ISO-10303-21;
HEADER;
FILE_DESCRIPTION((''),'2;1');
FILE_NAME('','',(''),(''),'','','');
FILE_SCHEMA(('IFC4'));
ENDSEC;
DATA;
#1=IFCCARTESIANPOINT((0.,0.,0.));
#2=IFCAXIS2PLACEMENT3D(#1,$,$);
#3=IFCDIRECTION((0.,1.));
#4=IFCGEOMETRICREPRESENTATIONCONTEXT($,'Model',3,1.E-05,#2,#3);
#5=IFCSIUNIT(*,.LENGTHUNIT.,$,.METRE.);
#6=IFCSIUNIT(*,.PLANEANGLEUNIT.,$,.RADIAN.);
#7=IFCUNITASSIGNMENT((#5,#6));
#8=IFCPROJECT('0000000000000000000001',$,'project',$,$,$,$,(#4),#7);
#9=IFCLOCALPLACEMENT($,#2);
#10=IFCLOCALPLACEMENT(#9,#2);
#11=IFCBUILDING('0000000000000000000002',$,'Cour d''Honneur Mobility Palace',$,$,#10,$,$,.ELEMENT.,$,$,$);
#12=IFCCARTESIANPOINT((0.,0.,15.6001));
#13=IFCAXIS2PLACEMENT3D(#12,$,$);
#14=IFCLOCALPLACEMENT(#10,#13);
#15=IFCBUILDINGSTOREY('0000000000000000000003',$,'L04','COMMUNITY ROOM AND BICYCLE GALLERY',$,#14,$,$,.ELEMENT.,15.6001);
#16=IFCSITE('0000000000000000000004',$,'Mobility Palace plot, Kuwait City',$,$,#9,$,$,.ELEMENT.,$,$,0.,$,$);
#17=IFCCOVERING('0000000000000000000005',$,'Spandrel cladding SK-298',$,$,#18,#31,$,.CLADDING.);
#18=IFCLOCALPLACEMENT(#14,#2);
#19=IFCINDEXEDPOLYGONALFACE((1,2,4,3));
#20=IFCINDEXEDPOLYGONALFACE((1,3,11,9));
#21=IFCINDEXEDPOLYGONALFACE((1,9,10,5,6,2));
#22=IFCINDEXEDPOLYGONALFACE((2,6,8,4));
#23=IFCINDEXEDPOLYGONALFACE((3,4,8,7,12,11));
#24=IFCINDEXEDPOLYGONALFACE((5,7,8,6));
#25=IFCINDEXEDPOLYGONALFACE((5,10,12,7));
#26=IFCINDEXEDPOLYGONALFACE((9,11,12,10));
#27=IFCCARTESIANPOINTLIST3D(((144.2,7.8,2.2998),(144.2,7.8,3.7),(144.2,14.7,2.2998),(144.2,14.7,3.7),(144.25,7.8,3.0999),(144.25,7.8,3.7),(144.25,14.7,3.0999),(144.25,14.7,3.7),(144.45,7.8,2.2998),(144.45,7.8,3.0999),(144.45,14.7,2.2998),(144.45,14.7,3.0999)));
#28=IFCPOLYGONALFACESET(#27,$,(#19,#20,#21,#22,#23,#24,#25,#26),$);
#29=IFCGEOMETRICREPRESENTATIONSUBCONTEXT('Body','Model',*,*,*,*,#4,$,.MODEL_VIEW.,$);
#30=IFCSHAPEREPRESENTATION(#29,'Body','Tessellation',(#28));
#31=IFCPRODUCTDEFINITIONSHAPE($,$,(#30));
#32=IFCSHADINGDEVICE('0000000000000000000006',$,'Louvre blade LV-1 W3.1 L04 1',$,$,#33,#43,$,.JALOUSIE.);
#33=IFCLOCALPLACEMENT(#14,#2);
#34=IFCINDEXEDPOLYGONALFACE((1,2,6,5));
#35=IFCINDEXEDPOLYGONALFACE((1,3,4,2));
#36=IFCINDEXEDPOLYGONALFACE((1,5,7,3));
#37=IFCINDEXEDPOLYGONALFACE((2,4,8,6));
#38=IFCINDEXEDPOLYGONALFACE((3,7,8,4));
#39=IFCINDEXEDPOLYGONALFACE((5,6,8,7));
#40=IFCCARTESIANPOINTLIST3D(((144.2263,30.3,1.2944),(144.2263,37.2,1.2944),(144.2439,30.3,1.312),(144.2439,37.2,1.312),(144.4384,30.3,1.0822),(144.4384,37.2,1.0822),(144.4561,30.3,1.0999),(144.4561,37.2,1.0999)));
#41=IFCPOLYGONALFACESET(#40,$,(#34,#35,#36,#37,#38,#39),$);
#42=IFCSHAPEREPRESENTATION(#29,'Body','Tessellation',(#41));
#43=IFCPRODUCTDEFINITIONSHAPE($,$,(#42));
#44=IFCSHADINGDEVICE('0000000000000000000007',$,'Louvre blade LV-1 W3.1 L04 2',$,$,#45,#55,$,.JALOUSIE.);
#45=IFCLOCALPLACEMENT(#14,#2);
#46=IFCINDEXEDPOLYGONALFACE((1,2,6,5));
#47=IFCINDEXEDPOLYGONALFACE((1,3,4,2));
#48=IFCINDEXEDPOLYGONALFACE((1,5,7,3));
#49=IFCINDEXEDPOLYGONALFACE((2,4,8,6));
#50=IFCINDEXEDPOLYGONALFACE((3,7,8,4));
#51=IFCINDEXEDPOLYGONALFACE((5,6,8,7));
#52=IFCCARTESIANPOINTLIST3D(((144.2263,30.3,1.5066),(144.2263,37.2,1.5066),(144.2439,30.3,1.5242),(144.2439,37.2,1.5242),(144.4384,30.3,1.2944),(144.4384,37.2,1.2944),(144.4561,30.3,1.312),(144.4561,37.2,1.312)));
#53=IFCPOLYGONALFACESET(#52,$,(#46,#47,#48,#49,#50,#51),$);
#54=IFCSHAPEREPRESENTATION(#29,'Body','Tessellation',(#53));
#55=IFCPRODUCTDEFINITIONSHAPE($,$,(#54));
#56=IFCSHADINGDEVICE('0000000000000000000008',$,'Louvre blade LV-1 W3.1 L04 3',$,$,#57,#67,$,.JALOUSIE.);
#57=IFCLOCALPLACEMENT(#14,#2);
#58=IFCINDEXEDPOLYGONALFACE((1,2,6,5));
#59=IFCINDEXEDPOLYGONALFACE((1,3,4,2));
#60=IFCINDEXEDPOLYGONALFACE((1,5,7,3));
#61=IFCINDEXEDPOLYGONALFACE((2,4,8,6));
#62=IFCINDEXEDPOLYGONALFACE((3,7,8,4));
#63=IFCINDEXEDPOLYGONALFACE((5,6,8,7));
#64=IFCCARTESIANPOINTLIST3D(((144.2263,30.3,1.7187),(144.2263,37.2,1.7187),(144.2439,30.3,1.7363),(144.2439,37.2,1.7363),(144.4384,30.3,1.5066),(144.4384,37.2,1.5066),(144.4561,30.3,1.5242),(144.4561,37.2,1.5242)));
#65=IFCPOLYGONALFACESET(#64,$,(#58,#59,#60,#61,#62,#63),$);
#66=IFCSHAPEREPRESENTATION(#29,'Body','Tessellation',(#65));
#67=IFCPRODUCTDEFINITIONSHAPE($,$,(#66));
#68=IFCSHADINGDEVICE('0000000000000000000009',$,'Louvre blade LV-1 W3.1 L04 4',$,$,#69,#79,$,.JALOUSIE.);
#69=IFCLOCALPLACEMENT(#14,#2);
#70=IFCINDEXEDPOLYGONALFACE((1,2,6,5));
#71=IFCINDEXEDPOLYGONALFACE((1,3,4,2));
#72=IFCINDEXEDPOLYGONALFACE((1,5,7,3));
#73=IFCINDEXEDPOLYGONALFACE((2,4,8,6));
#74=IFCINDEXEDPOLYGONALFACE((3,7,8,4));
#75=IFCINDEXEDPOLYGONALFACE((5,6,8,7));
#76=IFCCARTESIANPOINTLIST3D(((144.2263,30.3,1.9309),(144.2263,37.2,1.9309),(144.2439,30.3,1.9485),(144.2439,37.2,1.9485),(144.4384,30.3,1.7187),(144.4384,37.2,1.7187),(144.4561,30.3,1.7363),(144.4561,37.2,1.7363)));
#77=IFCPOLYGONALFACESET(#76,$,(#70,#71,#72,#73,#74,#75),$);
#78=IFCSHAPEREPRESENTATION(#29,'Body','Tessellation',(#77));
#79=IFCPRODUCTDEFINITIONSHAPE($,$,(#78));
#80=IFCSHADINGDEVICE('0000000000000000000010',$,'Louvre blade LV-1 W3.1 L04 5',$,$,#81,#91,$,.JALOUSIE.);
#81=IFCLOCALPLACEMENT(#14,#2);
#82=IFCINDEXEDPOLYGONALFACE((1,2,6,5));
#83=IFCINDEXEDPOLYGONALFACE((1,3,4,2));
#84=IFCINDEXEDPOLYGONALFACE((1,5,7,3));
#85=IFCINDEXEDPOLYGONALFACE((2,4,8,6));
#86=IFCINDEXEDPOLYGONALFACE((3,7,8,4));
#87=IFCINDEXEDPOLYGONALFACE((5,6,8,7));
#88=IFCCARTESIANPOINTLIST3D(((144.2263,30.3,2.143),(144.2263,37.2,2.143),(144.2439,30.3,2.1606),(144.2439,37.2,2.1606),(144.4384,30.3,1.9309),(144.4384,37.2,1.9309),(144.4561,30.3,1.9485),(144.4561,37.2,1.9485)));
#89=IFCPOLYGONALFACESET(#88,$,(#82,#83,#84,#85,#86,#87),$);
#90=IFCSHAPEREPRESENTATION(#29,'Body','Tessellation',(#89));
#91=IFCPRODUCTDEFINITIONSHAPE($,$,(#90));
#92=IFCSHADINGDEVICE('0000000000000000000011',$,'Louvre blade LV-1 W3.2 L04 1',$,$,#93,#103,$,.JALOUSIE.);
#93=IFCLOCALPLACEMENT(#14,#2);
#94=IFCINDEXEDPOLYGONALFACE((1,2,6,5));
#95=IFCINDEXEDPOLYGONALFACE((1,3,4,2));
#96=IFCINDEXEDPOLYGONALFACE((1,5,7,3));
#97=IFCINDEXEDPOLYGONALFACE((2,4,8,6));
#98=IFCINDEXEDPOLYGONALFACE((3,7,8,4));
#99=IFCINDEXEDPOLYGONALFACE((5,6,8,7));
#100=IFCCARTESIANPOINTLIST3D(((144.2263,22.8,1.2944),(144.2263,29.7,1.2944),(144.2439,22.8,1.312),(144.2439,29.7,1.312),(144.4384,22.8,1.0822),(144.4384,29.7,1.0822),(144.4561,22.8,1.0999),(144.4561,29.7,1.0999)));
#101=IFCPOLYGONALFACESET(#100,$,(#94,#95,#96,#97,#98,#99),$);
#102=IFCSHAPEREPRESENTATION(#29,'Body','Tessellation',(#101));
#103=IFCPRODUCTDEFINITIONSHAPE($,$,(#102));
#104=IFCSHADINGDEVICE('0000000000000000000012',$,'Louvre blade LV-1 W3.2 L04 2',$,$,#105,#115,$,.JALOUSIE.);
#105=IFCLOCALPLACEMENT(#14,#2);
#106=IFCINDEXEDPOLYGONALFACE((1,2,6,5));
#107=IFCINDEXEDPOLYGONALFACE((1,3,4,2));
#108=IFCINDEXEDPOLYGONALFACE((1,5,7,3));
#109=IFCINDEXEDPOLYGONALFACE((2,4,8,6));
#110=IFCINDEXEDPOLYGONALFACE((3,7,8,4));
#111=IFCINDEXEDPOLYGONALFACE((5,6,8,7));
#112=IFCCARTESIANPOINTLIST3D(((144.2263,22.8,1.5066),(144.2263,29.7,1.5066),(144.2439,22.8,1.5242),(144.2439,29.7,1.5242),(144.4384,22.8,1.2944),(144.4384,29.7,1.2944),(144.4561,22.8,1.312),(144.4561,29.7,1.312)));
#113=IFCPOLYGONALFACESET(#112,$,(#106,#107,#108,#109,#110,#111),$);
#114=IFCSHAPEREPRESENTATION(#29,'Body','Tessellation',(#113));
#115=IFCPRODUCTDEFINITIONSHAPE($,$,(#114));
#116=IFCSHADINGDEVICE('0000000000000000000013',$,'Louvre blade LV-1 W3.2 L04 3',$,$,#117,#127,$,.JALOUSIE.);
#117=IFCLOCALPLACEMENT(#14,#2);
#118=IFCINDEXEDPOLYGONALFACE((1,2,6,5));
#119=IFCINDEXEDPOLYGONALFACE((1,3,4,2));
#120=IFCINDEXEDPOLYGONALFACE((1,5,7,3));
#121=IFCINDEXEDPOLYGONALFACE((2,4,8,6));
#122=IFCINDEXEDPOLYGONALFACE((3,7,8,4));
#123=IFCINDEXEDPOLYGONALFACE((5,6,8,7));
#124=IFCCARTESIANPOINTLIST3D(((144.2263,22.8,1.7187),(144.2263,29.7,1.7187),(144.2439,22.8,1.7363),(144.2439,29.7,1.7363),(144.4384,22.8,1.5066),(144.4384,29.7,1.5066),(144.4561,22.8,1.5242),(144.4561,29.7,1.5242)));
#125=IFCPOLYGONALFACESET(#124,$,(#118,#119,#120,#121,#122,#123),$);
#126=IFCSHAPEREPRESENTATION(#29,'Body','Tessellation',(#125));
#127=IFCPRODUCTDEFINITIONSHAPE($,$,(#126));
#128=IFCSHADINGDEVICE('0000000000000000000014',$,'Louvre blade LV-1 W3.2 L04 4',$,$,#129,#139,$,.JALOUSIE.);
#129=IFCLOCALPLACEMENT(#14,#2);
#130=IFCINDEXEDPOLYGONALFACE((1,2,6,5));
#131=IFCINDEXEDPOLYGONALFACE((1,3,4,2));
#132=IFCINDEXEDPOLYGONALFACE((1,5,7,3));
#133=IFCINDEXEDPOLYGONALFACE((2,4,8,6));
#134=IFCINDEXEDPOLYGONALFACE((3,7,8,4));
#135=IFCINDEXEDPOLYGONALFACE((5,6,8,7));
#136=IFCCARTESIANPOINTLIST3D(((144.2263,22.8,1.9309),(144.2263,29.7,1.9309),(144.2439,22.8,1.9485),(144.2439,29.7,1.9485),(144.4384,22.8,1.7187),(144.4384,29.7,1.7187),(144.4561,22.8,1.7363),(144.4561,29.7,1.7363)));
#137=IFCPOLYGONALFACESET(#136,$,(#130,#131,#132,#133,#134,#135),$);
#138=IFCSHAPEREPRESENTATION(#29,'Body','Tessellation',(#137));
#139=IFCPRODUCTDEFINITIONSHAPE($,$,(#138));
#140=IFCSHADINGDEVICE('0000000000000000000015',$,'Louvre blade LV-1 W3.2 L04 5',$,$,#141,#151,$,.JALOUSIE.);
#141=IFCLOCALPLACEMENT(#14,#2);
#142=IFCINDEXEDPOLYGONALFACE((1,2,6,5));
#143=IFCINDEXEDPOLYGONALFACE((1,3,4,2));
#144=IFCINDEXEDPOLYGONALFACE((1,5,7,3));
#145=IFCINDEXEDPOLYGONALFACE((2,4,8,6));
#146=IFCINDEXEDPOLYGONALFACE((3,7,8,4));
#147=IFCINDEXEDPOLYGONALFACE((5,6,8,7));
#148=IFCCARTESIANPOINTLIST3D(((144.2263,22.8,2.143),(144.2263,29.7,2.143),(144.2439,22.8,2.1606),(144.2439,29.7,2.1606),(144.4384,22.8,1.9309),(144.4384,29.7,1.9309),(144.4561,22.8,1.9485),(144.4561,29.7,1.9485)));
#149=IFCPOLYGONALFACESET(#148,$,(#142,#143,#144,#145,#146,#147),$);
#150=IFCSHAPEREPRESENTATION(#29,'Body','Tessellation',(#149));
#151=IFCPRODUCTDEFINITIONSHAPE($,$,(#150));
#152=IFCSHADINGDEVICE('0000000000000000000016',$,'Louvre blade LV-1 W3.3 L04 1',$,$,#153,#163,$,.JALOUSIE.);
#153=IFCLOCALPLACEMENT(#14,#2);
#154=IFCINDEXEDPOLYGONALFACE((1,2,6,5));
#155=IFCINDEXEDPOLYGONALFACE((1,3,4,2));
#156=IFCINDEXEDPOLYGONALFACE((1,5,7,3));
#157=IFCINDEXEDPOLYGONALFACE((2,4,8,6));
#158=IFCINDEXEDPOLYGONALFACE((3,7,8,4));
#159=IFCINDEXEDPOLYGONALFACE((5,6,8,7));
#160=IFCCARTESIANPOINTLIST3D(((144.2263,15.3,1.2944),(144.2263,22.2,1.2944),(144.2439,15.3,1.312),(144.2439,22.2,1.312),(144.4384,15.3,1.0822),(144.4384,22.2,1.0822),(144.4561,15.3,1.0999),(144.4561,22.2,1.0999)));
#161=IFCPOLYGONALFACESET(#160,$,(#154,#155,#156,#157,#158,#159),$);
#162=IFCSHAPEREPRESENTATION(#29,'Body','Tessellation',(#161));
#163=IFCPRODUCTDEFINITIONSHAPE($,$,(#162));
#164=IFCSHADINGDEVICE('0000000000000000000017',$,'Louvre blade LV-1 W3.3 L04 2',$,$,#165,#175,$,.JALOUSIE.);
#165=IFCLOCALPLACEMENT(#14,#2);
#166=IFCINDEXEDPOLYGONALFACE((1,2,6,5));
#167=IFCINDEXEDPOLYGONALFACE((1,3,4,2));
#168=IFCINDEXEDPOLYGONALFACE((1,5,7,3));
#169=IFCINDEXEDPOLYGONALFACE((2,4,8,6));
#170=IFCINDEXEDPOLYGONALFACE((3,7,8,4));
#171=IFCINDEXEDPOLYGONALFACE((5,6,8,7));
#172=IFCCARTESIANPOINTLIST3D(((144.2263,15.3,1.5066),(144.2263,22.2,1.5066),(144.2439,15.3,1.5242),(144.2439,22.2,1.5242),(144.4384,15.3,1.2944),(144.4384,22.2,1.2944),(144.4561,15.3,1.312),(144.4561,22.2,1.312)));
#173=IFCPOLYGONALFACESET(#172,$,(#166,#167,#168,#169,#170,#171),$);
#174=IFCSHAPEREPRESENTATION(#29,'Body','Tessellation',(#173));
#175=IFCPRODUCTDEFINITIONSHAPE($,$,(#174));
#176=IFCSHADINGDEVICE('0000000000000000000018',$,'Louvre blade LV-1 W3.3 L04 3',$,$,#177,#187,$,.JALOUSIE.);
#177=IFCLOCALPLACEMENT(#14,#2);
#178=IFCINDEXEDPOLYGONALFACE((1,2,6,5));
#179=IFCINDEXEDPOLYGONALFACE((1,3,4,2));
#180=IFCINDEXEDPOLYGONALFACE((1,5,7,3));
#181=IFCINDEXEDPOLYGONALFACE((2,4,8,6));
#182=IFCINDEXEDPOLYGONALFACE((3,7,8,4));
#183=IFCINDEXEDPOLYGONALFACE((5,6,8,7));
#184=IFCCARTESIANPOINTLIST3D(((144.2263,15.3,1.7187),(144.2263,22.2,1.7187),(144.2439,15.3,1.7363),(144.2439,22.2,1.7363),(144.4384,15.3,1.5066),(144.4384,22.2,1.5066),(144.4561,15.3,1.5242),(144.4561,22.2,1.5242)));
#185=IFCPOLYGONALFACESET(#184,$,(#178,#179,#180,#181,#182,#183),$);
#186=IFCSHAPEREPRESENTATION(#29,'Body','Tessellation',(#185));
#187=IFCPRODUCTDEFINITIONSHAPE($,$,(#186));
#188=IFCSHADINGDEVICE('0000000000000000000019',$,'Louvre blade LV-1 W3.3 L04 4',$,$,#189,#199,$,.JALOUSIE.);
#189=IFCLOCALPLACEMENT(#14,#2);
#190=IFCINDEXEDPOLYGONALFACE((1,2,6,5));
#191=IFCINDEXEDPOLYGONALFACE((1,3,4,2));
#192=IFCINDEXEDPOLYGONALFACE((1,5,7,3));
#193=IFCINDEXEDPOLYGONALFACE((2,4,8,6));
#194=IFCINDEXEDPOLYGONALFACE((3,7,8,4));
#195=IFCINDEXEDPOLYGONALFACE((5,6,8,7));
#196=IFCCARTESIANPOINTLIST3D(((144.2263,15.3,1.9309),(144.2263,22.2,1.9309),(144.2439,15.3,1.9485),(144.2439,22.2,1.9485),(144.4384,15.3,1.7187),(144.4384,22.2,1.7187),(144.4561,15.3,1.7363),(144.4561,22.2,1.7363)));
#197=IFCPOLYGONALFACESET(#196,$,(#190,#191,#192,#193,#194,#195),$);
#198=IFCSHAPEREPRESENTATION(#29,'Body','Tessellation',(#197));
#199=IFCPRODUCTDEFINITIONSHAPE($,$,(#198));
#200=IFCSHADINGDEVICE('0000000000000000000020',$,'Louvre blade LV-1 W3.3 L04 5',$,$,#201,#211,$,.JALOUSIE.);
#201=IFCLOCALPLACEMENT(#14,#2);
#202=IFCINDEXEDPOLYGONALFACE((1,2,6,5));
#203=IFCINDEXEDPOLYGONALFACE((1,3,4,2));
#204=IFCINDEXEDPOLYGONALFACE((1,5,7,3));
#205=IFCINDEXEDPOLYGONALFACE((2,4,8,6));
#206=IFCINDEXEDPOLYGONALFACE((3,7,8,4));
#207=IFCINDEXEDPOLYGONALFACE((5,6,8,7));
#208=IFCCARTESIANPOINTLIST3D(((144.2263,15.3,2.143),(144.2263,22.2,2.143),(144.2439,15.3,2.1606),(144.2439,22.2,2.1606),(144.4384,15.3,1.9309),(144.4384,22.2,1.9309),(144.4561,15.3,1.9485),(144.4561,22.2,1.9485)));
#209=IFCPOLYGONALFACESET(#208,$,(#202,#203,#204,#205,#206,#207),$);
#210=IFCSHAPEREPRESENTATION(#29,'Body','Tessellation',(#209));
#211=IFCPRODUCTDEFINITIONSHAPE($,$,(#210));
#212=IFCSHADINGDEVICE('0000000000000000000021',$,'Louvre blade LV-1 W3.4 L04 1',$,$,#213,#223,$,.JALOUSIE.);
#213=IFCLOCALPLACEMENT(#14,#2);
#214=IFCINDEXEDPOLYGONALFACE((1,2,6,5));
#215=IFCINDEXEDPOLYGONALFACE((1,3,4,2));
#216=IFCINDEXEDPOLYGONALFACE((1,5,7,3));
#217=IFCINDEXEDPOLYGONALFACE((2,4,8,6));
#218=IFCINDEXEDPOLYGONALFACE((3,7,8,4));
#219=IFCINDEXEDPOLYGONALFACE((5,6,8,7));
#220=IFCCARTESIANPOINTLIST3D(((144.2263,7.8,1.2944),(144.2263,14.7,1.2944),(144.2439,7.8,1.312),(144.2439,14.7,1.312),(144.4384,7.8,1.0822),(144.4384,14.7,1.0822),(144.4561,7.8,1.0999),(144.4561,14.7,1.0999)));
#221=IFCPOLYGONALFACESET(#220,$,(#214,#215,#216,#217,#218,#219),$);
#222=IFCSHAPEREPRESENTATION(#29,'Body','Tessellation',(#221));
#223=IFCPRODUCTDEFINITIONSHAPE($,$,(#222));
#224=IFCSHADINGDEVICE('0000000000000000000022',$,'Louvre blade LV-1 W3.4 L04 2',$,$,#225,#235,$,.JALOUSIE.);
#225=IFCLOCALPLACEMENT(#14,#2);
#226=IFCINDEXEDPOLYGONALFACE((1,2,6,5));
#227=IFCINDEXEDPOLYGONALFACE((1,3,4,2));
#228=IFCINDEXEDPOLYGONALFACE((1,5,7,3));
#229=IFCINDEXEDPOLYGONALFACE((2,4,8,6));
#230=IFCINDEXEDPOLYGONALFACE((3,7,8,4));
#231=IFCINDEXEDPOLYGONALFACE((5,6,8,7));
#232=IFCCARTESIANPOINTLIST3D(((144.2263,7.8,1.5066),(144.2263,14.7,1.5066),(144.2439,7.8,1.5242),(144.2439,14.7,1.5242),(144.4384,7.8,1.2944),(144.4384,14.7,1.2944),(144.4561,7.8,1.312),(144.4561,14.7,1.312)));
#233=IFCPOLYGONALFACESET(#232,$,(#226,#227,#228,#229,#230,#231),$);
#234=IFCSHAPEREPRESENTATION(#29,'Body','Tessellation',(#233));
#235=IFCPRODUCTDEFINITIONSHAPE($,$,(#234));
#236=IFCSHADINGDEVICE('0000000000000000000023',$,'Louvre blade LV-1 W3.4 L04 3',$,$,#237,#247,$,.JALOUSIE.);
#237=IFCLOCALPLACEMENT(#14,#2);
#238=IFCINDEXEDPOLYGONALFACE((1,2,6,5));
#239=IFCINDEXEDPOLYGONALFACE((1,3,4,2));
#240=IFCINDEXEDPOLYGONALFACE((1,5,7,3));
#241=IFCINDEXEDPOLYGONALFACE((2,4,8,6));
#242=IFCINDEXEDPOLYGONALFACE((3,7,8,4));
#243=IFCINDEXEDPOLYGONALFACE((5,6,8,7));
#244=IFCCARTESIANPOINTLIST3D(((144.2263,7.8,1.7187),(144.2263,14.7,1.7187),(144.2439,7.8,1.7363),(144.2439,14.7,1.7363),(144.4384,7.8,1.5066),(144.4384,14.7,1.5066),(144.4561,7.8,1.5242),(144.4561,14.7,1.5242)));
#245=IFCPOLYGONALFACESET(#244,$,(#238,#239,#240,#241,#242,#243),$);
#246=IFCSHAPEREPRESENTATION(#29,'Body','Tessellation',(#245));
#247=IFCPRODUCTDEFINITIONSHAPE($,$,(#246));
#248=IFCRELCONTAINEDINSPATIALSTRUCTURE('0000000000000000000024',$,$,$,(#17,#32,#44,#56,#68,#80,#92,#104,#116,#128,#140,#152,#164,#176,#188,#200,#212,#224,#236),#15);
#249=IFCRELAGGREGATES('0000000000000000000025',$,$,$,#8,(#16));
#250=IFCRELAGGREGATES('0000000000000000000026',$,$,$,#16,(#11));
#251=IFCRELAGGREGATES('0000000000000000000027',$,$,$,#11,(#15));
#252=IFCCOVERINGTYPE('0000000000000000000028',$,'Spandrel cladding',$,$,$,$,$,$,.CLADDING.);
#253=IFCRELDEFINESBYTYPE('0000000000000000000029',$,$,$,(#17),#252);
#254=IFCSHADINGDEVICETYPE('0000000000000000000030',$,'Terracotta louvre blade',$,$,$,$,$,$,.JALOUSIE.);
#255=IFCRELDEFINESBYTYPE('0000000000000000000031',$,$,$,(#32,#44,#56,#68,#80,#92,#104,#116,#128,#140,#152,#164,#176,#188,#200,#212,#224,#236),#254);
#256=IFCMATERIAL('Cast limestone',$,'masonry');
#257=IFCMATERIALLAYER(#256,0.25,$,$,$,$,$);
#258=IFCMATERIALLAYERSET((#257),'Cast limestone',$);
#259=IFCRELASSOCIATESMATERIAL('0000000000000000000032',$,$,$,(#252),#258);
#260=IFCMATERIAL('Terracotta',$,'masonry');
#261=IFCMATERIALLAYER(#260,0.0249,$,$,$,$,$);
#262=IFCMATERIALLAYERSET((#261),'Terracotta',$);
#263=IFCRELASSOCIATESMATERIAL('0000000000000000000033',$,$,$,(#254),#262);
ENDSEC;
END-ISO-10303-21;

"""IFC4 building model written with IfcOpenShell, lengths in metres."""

from ifc_helpers import new_model, si_unit, direction, frame, origin, place, context, subcontext, project, spatial, polyline, outline, extrude, material, layer, layer_set, type_object, element, save


model = new_model("IFC4")

# Units and contexts
model_context = context("Model", 3, precision=1e-05, world=origin(), true_north=direction((0.0, 1.0)))
body_context = subcontext(model_context, "Body", "Model", "MODEL_VIEW")
ifc_project = project(units=[si_unit("LENGTHUNIT", "METRE"), si_unit("PLANEANGLEUNIT", "RADIAN")], contexts=[model_context])

# Site, building, storey
site_placement = place(None, origin())
site = spatial("IfcSite", under=ifc_project, at=site_placement, Name="Mobility Palace plot, Kuwait City", CompositionType="ELEMENT", RefElevation=0.0)
building_placement = place(site_placement, origin())
building = spatial("IfcBuilding", under=site, at=building_placement, Name="Cour d'Honneur Mobility Palace", CompositionType="ELEMENT")
storey_placement = place(building_placement, frame((0.0, 0.0, 15.6001)))
storey = spatial("IfcBuildingStorey", under=building, at=storey_placement, Name="L04", Description="COMMUNITY ROOM AND BICYCLE GALLERY", CompositionType="ELEMENT", Elevation=15.6001)

# Covering
ifc_material_1 = material(Name="Cast limestone", Category="masonry")
ifc_layer_1 = layer(ifc_material_1, 0.25)
ifc_layer_set_1 = layer_set([ifc_layer_1], Name="Cast limestone")
covering_type_1 = type_object("IfcCoveringType", Name="Spandrel cladding", PredefinedType="CLADDING", material=ifc_layer_set_1)
for number, where, z_axis, x_axis, name in (
    (1, (144.45, 14.7, 2.2998), (0.0, 1.0, 0.0), (-1.0, 0.0, 0.0), "Spandrel cladding SK-298"),
):
    element("IfcCovering", number, at=place(storey_placement, frame(where, z_axis=z_axis, x_axis=x_axis)), inside=storey, type_object=covering_type_1, Name=name, PredefinedType="CLADDING", context=body_context, shape_type="SweptSolid", body=[
        extrude(outline(polyline([(0.0, 0.0), (0.25, 0.0), (0.25, 1.4001), (0.2, 1.4001), (0.2, 0.8), (0.0, 0.8), (0.0, 0.0)])), origin(), (0.0, 0.0, -1.0), 6.8999),
    ])

# Shading devices
ifc_material_2 = material(Name="Terracotta", Category="masonry")
ifc_layer_2 = layer(ifc_material_2, 0.0249)
ifc_layer_set_2 = layer_set([ifc_layer_2], Name="Terracotta")
shading_device_type = type_object("IfcShadingDeviceType", Name="Terracotta louvre blade", PredefinedType="JALOUSIE", material=ifc_layer_set_2)
for number, where, z_axis, x_axis, name in (
    (2, (144.4561, 37.2, 1.0999), (0.707107, 0.0, 0.707107), (0.0, -1.0, 0.0), "Louvre blade LV-1 W3.1 L04 1"),
    (3, (144.4561, 37.2, 1.312), (0.707107, 0.0, 0.707107), (0.0, -1.0, 0.0), "Louvre blade LV-1 W3.1 L04 2"),
    (4, (144.4561, 37.2, 1.5242), (0.707107, 0.0, 0.707107), (0.0, -1.0, 0.0), "Louvre blade LV-1 W3.1 L04 3"),
    (5, (144.4561, 37.2, 1.7363), (0.707107, 0.0, 0.707107), (0.0, -1.0, 0.0), "Louvre blade LV-1 W3.1 L04 4"),
    (6, (144.4561, 37.2, 1.9485), (0.707107, 0.0, 0.707107), (0.0, -1.0, 0.0), "Louvre blade LV-1 W3.1 L04 5"),
    (7, (144.4561, 29.7, 1.0999), (0.707107, 0.0, 0.707107), (0.0, -1.0, 0.0), "Louvre blade LV-1 W3.2 L04 1"),
    (8, (144.4561, 29.7, 1.312), (0.707107, 0.0, 0.707107), (0.0, -1.0, 0.0), "Louvre blade LV-1 W3.2 L04 2"),
    (9, (144.4561, 29.7, 1.5242), (0.707107, 0.0, 0.707107), (0.0, -1.0, 0.0), "Louvre blade LV-1 W3.2 L04 3"),
    (10, (144.4561, 29.7, 1.7363), (0.707107, 0.0, 0.707107), (0.0, -1.0, 0.0), "Louvre blade LV-1 W3.2 L04 4"),
    (11, (144.4561, 29.7, 1.9485), (0.707107, 0.0, 0.707107), (0.0, -1.0, 0.0), "Louvre blade LV-1 W3.2 L04 5"),
    (12, (144.4561, 22.2, 1.0999), (0.707107, 0.0, 0.707107), (0.0, -1.0, 0.0), "Louvre blade LV-1 W3.3 L04 1"),
    (13, (144.4561, 22.2, 1.312), (0.707107, 0.0, 0.707107), (0.0, -1.0, 0.0), "Louvre blade LV-1 W3.3 L04 2"),
    (14, (144.4561, 22.2, 1.5242), (0.707107, 0.0, 0.707107), (0.0, -1.0, 0.0), "Louvre blade LV-1 W3.3 L04 3"),
    (15, (144.4561, 22.2, 1.7363), (0.707107, 0.0, 0.707107), (0.0, -1.0, 0.0), "Louvre blade LV-1 W3.3 L04 4"),
    (16, (144.4561, 22.2, 1.9485), (0.707107, 0.0, 0.707107), (0.0, -1.0, 0.0), "Louvre blade LV-1 W3.3 L04 5"),
    (17, (144.4561, 14.7, 1.0999), (0.707107, 0.0, 0.707107), (0.0, -1.0, 0.0), "Louvre blade LV-1 W3.4 L04 1"),
    (18, (144.4561, 14.7, 1.312), (0.707107, 0.0, 0.707107), (0.0, -1.0, 0.0), "Louvre blade LV-1 W3.4 L04 2"),
    (19, (144.4561, 14.7, 1.5242), (0.707107, 0.0, 0.707107), (0.0, -1.0, 0.0), "Louvre blade LV-1 W3.4 L04 3"),
):
    element("IfcShadingDevice", number, at=place(storey_placement, frame(where, z_axis=z_axis, x_axis=x_axis)), inside=storey, type_object=shading_device_type, Name=name, PredefinedType="JALOUSIE", context=body_context, shape_type="SweptSolid", body=[
        extrude(outline(polyline([(0.0, 0.0), (6.8999, 0.0), (6.8999, -0.3), (0.0, -0.3), (0.0, 0.0)])), origin(), (0.0, 0.0, -1.0), 0.0249),
    ])

save(model, "model.ifc")
